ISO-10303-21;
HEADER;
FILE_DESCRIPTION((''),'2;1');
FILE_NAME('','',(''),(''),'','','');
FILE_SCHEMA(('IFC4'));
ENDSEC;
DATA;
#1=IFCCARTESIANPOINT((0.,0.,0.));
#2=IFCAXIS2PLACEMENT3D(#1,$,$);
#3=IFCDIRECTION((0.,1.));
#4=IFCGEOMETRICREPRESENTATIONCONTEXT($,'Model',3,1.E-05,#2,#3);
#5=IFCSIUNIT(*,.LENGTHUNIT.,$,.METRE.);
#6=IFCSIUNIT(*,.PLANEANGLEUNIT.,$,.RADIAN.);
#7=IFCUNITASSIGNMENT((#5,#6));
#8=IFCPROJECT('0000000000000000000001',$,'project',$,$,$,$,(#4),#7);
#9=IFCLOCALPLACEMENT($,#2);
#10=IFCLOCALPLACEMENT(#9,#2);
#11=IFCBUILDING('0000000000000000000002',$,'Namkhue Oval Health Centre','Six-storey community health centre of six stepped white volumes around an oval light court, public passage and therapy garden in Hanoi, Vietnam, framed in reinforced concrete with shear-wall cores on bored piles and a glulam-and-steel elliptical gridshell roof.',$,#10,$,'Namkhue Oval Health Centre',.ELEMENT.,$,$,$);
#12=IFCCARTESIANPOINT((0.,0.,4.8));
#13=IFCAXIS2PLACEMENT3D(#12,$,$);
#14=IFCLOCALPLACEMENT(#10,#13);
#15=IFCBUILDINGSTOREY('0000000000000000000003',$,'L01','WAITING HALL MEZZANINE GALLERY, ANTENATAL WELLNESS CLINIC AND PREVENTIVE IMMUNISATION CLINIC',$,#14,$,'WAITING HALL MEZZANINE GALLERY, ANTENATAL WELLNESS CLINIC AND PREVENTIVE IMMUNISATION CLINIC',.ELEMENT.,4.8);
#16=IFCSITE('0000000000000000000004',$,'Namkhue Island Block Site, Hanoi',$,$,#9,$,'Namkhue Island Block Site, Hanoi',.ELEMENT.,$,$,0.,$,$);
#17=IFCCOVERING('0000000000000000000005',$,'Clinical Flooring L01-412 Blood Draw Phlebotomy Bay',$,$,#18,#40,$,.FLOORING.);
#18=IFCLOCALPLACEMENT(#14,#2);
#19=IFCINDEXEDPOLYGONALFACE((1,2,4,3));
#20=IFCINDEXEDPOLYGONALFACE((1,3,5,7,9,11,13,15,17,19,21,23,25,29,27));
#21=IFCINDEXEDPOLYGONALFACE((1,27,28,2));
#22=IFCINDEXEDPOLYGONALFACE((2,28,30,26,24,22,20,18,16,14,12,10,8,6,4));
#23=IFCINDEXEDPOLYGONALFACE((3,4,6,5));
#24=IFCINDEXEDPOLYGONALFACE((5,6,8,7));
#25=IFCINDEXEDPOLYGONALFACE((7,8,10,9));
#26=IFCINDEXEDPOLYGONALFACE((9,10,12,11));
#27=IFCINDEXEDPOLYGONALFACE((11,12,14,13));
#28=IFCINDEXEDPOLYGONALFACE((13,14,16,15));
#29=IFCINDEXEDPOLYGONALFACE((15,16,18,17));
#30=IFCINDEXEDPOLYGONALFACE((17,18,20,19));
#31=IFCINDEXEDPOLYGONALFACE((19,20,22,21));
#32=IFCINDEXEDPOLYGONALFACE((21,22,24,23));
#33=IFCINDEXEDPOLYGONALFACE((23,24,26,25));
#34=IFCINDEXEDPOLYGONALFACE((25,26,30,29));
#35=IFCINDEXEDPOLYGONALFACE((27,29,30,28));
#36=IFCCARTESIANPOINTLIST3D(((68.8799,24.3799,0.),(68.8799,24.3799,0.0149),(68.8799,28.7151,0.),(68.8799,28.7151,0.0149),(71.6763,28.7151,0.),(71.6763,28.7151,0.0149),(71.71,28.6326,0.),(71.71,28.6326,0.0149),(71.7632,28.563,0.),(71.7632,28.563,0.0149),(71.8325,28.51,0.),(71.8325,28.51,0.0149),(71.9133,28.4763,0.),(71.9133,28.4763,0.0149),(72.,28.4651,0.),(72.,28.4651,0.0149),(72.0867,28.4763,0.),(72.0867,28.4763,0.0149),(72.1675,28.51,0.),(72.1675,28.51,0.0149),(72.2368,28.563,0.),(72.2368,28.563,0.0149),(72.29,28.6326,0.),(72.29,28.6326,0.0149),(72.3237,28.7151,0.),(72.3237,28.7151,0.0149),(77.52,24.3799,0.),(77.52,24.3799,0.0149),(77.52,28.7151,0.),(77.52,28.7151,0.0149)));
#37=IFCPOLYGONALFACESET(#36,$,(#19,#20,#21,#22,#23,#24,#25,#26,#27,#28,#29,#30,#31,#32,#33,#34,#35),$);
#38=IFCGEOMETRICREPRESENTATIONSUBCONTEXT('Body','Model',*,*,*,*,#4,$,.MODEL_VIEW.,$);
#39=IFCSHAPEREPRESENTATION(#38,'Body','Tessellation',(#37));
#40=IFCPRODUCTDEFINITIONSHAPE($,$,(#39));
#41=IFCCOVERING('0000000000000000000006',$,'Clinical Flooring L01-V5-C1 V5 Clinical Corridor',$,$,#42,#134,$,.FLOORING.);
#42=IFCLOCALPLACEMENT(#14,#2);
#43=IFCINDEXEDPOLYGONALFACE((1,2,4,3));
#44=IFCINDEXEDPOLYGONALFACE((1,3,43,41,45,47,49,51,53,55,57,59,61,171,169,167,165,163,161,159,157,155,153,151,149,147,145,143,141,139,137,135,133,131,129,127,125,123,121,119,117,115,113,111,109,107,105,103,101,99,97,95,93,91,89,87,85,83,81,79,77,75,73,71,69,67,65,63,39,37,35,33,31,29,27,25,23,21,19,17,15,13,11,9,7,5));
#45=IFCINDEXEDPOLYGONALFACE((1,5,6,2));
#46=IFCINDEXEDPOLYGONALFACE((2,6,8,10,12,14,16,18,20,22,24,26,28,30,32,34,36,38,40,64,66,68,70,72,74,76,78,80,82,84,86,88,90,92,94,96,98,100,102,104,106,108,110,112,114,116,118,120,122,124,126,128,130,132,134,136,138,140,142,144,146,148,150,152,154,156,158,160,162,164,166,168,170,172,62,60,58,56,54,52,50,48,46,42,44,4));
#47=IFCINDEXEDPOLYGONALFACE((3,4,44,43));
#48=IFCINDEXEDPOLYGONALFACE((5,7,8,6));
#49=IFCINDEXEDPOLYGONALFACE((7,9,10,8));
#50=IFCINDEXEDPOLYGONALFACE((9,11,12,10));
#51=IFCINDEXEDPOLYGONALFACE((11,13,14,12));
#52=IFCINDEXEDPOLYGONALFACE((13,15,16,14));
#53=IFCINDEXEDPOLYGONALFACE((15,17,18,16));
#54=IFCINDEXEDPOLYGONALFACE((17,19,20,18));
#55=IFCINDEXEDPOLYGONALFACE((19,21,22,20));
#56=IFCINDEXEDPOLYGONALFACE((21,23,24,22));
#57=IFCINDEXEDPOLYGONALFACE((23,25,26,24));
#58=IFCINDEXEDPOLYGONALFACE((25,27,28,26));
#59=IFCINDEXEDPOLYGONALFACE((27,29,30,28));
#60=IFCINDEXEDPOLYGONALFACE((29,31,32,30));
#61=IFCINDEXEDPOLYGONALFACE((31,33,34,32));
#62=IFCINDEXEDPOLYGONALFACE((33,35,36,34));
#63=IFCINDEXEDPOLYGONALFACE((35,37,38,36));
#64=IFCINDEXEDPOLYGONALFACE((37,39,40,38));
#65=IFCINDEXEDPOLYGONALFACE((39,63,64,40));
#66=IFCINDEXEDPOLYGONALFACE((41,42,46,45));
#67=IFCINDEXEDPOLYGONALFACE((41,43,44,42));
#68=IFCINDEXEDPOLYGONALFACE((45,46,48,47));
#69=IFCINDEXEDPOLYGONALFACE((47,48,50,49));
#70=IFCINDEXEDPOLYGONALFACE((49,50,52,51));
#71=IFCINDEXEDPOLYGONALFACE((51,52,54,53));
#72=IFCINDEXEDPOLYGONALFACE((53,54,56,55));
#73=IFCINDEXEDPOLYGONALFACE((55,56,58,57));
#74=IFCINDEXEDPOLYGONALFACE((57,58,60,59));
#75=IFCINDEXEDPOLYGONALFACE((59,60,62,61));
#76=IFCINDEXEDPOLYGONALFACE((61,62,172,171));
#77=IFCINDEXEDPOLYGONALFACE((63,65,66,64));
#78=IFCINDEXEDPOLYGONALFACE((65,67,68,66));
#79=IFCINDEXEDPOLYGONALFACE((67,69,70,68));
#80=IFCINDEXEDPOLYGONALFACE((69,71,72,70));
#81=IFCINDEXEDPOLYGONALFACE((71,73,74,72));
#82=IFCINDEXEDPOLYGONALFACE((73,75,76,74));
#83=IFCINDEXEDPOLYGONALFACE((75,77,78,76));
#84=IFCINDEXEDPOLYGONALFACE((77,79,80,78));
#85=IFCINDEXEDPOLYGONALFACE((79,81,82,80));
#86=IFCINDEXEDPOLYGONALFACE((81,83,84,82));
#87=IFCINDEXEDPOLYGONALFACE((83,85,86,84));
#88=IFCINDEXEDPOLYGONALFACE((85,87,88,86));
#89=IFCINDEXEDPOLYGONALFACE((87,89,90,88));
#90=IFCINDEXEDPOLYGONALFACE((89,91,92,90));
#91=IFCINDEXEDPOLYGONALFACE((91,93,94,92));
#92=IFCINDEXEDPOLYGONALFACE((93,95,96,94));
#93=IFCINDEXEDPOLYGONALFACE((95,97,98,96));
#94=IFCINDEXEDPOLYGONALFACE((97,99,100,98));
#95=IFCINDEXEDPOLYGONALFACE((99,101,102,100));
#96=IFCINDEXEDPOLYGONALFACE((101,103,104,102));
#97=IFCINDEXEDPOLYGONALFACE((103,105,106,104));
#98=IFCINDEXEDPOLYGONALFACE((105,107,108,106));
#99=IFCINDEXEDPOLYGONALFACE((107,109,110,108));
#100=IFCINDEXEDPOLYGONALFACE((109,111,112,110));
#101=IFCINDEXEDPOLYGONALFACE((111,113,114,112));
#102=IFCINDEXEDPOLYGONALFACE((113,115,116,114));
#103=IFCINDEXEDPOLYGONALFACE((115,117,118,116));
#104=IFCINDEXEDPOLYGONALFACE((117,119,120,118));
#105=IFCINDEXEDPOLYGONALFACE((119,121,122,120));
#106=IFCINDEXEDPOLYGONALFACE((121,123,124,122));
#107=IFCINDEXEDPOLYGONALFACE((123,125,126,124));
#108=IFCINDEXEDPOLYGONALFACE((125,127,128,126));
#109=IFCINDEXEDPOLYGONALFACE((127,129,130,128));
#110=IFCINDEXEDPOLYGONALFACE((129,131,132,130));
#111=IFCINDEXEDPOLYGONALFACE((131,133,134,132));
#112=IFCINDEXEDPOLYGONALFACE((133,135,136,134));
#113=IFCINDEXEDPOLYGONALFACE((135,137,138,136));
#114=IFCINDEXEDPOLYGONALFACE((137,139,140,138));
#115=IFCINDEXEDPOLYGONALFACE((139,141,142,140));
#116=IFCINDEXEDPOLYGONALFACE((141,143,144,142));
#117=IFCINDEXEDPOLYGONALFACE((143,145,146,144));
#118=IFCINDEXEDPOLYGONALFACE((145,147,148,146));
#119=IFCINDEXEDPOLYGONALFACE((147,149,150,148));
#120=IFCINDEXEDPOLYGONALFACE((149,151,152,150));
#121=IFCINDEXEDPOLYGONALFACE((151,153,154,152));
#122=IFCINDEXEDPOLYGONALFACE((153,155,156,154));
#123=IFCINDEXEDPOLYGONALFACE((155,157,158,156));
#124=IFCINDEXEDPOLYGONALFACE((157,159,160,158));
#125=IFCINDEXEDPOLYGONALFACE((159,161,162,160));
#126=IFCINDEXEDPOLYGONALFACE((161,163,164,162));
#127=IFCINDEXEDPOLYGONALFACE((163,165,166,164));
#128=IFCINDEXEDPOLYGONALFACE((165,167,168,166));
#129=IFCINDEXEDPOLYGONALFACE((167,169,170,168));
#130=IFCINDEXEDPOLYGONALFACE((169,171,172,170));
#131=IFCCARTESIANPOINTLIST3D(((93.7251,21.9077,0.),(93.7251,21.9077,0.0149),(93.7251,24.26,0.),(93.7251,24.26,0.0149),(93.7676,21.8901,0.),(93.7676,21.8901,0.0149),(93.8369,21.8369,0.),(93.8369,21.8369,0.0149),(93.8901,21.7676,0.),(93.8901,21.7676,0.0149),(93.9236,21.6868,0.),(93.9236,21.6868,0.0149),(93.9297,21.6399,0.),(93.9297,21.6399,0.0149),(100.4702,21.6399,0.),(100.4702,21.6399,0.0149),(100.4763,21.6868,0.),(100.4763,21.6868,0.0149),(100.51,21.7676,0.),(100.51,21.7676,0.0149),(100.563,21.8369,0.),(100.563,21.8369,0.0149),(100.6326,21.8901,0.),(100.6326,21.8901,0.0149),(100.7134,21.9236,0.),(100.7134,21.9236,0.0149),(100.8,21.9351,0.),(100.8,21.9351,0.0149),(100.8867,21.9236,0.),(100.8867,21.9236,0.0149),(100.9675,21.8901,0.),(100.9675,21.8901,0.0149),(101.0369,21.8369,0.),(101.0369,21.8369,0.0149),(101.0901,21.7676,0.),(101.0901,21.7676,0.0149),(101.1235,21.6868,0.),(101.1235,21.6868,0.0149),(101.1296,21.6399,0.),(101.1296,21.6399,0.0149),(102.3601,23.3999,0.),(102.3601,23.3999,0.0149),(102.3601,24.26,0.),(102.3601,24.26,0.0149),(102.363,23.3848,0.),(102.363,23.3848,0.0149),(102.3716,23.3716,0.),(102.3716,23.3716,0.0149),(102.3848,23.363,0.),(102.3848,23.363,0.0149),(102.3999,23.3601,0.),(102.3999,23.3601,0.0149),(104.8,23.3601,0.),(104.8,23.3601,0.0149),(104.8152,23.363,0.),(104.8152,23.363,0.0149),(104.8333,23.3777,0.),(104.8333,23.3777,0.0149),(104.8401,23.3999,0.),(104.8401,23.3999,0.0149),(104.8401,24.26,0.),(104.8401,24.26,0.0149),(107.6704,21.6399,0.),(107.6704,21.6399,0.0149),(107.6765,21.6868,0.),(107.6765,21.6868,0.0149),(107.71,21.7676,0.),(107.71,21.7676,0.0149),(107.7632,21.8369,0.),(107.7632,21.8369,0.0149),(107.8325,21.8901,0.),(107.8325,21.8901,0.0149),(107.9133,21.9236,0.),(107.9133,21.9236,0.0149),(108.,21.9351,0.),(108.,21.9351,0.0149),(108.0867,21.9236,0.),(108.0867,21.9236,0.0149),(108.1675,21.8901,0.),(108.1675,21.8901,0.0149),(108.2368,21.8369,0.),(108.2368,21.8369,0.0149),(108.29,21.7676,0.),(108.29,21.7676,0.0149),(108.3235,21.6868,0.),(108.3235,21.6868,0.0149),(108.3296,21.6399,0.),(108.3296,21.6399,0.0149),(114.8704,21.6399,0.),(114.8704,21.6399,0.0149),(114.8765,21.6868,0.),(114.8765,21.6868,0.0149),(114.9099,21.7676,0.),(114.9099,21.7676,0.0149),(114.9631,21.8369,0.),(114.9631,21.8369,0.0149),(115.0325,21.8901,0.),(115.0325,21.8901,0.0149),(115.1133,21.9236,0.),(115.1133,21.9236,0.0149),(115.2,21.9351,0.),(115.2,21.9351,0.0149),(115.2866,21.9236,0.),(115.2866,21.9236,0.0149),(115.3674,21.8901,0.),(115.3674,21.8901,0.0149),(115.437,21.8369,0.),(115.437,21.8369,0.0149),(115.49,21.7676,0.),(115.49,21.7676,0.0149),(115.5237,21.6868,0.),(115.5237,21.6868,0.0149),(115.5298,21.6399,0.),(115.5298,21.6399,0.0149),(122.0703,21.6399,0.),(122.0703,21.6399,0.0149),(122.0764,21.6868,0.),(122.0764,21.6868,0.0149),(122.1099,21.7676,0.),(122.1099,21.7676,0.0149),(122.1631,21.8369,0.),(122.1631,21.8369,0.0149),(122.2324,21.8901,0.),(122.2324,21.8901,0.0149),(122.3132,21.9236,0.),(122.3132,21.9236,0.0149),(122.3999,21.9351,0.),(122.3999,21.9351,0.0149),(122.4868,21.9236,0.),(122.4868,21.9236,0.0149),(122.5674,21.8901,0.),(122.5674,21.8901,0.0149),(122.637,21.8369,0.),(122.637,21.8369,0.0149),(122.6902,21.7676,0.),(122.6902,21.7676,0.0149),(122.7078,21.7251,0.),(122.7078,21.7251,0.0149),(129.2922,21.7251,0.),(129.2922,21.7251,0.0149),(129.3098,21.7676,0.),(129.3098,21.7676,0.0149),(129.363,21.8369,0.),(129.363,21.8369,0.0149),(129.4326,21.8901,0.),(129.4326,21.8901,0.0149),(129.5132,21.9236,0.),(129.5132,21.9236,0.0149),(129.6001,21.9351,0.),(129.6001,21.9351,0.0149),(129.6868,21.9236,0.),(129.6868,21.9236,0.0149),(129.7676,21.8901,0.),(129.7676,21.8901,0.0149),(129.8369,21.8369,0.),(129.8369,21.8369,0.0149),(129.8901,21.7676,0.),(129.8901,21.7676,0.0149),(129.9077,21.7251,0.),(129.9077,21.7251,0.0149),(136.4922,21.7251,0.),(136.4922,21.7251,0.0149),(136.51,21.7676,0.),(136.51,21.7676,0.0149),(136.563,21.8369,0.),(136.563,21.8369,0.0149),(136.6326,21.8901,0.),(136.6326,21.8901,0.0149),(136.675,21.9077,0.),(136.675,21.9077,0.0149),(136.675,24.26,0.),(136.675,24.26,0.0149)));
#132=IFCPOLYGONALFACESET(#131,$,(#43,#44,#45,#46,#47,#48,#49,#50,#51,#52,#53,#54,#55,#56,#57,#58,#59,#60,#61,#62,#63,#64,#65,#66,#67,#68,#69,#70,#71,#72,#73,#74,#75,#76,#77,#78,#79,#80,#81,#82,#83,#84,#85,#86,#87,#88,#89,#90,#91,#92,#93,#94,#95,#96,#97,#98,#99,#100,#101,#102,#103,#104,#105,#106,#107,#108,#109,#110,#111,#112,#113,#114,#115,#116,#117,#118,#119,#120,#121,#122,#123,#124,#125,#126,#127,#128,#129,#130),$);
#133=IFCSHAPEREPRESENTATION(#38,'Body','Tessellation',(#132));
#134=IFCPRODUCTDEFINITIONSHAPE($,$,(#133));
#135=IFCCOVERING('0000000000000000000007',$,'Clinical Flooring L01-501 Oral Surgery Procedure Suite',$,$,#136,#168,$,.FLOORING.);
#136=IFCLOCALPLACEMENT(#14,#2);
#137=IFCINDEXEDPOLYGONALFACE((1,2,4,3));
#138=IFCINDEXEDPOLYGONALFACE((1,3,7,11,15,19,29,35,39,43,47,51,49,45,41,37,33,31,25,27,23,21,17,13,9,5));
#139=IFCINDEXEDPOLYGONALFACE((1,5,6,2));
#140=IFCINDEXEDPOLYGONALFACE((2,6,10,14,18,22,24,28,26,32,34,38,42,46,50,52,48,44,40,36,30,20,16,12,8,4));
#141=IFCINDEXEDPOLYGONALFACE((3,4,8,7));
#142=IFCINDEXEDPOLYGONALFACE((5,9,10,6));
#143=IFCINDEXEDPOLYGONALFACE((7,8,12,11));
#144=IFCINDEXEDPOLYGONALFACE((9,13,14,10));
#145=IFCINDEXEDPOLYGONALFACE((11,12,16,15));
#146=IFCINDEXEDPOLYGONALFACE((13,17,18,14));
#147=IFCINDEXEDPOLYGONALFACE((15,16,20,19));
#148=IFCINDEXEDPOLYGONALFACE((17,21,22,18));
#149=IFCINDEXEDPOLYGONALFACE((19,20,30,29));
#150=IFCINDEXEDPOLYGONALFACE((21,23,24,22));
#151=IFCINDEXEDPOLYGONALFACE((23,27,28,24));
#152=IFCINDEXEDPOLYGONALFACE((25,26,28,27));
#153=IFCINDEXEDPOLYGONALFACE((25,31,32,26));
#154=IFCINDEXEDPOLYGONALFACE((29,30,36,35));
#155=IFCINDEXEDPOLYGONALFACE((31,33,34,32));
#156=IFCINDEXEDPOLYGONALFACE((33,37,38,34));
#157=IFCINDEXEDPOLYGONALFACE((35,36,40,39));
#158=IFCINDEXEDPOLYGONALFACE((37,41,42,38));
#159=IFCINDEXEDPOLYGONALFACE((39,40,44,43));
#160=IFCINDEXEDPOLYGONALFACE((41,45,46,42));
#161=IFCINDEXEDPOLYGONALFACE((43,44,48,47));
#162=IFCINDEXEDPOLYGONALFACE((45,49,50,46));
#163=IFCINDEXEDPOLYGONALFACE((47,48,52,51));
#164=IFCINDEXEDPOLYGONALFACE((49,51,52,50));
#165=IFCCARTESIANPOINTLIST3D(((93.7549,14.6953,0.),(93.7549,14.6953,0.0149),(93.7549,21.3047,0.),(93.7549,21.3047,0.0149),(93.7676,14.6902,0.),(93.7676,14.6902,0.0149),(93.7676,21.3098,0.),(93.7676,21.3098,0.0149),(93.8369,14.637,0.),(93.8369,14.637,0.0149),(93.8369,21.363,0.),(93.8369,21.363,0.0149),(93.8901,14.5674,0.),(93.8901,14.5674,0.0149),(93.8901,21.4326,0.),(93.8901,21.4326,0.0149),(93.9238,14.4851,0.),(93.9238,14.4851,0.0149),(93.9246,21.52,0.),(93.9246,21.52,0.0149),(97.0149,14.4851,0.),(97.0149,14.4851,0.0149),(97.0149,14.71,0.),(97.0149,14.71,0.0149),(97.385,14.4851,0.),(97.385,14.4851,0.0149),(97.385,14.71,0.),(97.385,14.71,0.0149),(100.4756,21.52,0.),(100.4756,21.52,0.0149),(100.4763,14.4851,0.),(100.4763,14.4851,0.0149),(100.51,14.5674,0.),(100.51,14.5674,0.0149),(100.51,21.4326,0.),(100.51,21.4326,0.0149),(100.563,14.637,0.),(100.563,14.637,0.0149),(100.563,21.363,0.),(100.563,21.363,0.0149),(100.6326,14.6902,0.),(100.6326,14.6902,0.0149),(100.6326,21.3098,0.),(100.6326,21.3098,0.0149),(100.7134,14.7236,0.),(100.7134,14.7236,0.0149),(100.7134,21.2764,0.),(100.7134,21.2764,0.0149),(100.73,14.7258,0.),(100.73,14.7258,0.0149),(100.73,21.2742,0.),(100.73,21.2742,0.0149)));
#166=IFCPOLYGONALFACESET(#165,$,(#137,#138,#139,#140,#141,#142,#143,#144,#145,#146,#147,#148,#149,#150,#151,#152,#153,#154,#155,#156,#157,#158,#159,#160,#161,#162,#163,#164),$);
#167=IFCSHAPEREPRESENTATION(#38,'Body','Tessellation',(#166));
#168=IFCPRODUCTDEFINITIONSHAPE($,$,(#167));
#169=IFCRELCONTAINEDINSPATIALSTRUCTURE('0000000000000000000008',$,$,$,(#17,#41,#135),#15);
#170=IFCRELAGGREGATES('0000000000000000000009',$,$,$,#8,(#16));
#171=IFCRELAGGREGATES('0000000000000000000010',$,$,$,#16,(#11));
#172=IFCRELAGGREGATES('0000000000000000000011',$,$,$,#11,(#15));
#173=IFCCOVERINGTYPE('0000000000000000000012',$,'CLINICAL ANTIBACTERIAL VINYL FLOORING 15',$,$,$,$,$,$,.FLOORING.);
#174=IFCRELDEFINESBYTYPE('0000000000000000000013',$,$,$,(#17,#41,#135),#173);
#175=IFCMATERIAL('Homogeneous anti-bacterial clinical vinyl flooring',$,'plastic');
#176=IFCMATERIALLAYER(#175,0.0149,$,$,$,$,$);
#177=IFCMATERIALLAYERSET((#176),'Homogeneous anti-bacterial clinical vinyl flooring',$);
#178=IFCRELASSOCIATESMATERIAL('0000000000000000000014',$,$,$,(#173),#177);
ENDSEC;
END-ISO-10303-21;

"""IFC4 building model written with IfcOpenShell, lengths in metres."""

from ifc_helpers import new_model, si_unit, direction, frame, origin, place, context, subcontext, project, spatial, polyline, outline, extrude, material, layer, layer_set, type_object, element, save


model = new_model("IFC4")

# Units and contexts
model_context = context("Model", 3, precision=1e-05, world=origin(), true_north=direction((0.0, 1.0)))
body_context = subcontext(model_context, "Body", "Model", "MODEL_VIEW")
ifc_project = project(units=[si_unit("LENGTHUNIT", "METRE"), si_unit("PLANEANGLEUNIT", "RADIAN")], contexts=[model_context])

# Site, building, storey
site_placement = place(None, origin())
site = spatial("IfcSite", under=ifc_project, at=site_placement, Name="Namkhue Island Block Site, Hanoi", LongName="Namkhue Island Block Site, Hanoi", CompositionType="ELEMENT", RefElevation=0.0)
building_placement = place(site_placement, origin())
building = spatial("IfcBuilding", under=site, at=building_placement, Name="Namkhue Oval Health Centre", Description="Six-storey community health centre of six stepped white volumes around an oval light court, public passage and therapy garden in Hanoi, Vietnam, framed in reinforced concrete with shear-wall cores on bored piles and a glulam-and-steel elliptical gridshell roof.", LongName="Namkhue Oval Health Centre", CompositionType="ELEMENT")
storey_placement = place(building_placement, frame((0.0, 0.0, 4.8)))
storey = spatial("IfcBuildingStorey", under=building, at=storey_placement, Name="L01", Description="WAITING HALL MEZZANINE GALLERY, ANTENATAL WELLNESS CLINIC AND PREVENTIVE IMMUNISATION CLINIC", LongName="WAITING HALL MEZZANINE GALLERY, ANTENATAL WELLNESS CLINIC AND PREVENTIVE IMMUNISATION CLINIC", CompositionType="ELEMENT", Elevation=4.8)

# Coverings
ifc_material = material(Name="Homogeneous anti-bacterial clinical vinyl flooring", Category="plastic")
ifc_layer = layer(ifc_material, 0.0149)
ifc_layer_set = layer_set([ifc_layer], Name="Homogeneous anti-bacterial clinical vinyl flooring")
covering_type = type_object("IfcCoveringType", Name="CLINICAL ANTIBACTERIAL VINYL FLOORING 15", PredefinedType="FLOORING", material=ifc_layer_set)
covering_1_placement = place(storey_placement, origin())
element("IfcCovering", 1, at=covering_1_placement, inside=storey, type_object=covering_type, Name="Clinical Flooring L01-412 Blood Draw Phlebotomy Bay", PredefinedType="FLOORING", context=body_context, shape_type="SweptSolid", body=[
    extrude(outline(polyline([(68.8799, 24.3799), (68.8799, 28.7151), (71.6763, 28.7151), (71.71, 28.6326), (71.7632, 28.563), (71.8325, 28.51), (71.9133, 28.4763), (72.0, 28.4651), (72.0867, 28.4763), (72.1675, 28.51), (72.2368, 28.563), (72.29, 28.6326), (72.3237, 28.7151), (77.52, 28.7151), (77.52, 24.3799), (68.8799, 24.3799)])), origin(), (0.0, 0.0, 1.0), 0.0149),
])
covering_2_placement = place(storey_placement, origin())
element("IfcCovering", 2, at=covering_2_placement, inside=storey, type_object=covering_type, Name="Clinical Flooring L01-V5-C1 V5 Clinical Corridor", PredefinedType="FLOORING", context=body_context, shape_type="SweptSolid", body=[
    extrude(outline(polyline([(115.5298, 21.6399), (115.5237, 21.6868), (115.49, 21.7676), (115.437, 21.8369), (115.3674, 21.8901), (115.2866, 21.9236), (115.2, 21.9351), (115.1133, 21.9236), (115.0325, 21.8901), (114.9631, 21.8369), (114.9099, 21.7676), (114.8765, 21.6868), (114.8704, 21.6399), (108.3296, 21.6399), (108.3235, 21.6868), (108.29, 21.7676), (108.2368, 21.8369), (108.1675, 21.8901), (108.0867, 21.9236), (108.0, 21.9351), (107.9133, 21.9236), (107.8325, 21.8901), (107.7632, 21.8369), (107.71, 21.7676), (107.6765, 21.6868), (107.6704, 21.6399), (101.1296, 21.6399), (101.1235, 21.6868), (101.0901, 21.7676), (101.0369, 21.8369), (100.9675, 21.8901), (100.8867, 21.9236), (100.8, 21.9351), (100.7134, 21.9236), (100.6326, 21.8901), (100.563, 21.8369), (100.51, 21.7676), (100.4763, 21.6868), (100.4702, 21.6399), (93.9297, 21.6399), (93.9236, 21.6868), (93.8901, 21.7676), (93.8369, 21.8369), (93.7676, 21.8901), (93.7251, 21.9077), (93.7251, 24.26), (102.3601, 24.26), (102.3601, 23.3999), (102.363, 23.3848), (102.3716, 23.3716), (102.3848, 23.363), (102.3999, 23.3601), (104.8, 23.3601), (104.8152, 23.363), (104.8333, 23.3777), (104.8401, 23.3999), (104.8401, 24.26), (136.675, 24.26), (136.675, 21.9077), (136.6326, 21.8901), (136.563, 21.8369), (136.51, 21.7676), (136.4922, 21.7251), (129.9077, 21.7251), (129.8901, 21.7676), (129.8369, 21.8369), (129.7676, 21.8901), (129.6868, 21.9236), (129.6001, 21.9351), (129.5132, 21.9236), (129.4326, 21.8901), (129.363, 21.8369), (129.3098, 21.7676), (129.2922, 21.7251), (122.7078, 21.7251), (122.6902, 21.7676), (122.637, 21.8369), (122.5674, 21.8901), (122.4868, 21.9236), (122.3999, 21.9351), (122.3132, 21.9236), (122.2324, 21.8901), (122.1631, 21.8369), (122.1099, 21.7676), (122.0764, 21.6868), (122.0703, 21.6399), (115.5298, 21.6399)])), origin(), (0.0, 0.0, 1.0), 0.0149),
])
covering_3_placement = place(storey_placement, origin())
element("IfcCovering", 3, at=covering_3_placement, inside=storey, type_object=covering_type, Name="Clinical Flooring L01-501 Oral Surgery Procedure Suite", PredefinedType="FLOORING", context=body_context, shape_type="SweptSolid", body=[
    extrude(outline(polyline([(97.385, 14.4851), (97.385, 14.71), (97.0149, 14.71), (97.0149, 14.4851), (93.9238, 14.4851), (93.8901, 14.5674), (93.8369, 14.637), (93.7676, 14.6902), (93.7549, 14.6953), (93.7549, 21.3047), (93.7676, 21.3098), (93.8369, 21.363), (93.8901, 21.4326), (93.9246, 21.52), (100.4756, 21.52), (100.51, 21.4326), (100.563, 21.363), (100.6326, 21.3098), (100.7134, 21.2764), (100.73, 21.2742), (100.73, 14.7258), (100.7134, 14.7236), (100.6326, 14.6902), (100.563, 14.637), (100.51, 14.5674), (100.4763, 14.4851), (97.385, 14.4851)])), origin(), (0.0, 0.0, 1.0), 0.0149),
])

save(model, "model.ifc")
